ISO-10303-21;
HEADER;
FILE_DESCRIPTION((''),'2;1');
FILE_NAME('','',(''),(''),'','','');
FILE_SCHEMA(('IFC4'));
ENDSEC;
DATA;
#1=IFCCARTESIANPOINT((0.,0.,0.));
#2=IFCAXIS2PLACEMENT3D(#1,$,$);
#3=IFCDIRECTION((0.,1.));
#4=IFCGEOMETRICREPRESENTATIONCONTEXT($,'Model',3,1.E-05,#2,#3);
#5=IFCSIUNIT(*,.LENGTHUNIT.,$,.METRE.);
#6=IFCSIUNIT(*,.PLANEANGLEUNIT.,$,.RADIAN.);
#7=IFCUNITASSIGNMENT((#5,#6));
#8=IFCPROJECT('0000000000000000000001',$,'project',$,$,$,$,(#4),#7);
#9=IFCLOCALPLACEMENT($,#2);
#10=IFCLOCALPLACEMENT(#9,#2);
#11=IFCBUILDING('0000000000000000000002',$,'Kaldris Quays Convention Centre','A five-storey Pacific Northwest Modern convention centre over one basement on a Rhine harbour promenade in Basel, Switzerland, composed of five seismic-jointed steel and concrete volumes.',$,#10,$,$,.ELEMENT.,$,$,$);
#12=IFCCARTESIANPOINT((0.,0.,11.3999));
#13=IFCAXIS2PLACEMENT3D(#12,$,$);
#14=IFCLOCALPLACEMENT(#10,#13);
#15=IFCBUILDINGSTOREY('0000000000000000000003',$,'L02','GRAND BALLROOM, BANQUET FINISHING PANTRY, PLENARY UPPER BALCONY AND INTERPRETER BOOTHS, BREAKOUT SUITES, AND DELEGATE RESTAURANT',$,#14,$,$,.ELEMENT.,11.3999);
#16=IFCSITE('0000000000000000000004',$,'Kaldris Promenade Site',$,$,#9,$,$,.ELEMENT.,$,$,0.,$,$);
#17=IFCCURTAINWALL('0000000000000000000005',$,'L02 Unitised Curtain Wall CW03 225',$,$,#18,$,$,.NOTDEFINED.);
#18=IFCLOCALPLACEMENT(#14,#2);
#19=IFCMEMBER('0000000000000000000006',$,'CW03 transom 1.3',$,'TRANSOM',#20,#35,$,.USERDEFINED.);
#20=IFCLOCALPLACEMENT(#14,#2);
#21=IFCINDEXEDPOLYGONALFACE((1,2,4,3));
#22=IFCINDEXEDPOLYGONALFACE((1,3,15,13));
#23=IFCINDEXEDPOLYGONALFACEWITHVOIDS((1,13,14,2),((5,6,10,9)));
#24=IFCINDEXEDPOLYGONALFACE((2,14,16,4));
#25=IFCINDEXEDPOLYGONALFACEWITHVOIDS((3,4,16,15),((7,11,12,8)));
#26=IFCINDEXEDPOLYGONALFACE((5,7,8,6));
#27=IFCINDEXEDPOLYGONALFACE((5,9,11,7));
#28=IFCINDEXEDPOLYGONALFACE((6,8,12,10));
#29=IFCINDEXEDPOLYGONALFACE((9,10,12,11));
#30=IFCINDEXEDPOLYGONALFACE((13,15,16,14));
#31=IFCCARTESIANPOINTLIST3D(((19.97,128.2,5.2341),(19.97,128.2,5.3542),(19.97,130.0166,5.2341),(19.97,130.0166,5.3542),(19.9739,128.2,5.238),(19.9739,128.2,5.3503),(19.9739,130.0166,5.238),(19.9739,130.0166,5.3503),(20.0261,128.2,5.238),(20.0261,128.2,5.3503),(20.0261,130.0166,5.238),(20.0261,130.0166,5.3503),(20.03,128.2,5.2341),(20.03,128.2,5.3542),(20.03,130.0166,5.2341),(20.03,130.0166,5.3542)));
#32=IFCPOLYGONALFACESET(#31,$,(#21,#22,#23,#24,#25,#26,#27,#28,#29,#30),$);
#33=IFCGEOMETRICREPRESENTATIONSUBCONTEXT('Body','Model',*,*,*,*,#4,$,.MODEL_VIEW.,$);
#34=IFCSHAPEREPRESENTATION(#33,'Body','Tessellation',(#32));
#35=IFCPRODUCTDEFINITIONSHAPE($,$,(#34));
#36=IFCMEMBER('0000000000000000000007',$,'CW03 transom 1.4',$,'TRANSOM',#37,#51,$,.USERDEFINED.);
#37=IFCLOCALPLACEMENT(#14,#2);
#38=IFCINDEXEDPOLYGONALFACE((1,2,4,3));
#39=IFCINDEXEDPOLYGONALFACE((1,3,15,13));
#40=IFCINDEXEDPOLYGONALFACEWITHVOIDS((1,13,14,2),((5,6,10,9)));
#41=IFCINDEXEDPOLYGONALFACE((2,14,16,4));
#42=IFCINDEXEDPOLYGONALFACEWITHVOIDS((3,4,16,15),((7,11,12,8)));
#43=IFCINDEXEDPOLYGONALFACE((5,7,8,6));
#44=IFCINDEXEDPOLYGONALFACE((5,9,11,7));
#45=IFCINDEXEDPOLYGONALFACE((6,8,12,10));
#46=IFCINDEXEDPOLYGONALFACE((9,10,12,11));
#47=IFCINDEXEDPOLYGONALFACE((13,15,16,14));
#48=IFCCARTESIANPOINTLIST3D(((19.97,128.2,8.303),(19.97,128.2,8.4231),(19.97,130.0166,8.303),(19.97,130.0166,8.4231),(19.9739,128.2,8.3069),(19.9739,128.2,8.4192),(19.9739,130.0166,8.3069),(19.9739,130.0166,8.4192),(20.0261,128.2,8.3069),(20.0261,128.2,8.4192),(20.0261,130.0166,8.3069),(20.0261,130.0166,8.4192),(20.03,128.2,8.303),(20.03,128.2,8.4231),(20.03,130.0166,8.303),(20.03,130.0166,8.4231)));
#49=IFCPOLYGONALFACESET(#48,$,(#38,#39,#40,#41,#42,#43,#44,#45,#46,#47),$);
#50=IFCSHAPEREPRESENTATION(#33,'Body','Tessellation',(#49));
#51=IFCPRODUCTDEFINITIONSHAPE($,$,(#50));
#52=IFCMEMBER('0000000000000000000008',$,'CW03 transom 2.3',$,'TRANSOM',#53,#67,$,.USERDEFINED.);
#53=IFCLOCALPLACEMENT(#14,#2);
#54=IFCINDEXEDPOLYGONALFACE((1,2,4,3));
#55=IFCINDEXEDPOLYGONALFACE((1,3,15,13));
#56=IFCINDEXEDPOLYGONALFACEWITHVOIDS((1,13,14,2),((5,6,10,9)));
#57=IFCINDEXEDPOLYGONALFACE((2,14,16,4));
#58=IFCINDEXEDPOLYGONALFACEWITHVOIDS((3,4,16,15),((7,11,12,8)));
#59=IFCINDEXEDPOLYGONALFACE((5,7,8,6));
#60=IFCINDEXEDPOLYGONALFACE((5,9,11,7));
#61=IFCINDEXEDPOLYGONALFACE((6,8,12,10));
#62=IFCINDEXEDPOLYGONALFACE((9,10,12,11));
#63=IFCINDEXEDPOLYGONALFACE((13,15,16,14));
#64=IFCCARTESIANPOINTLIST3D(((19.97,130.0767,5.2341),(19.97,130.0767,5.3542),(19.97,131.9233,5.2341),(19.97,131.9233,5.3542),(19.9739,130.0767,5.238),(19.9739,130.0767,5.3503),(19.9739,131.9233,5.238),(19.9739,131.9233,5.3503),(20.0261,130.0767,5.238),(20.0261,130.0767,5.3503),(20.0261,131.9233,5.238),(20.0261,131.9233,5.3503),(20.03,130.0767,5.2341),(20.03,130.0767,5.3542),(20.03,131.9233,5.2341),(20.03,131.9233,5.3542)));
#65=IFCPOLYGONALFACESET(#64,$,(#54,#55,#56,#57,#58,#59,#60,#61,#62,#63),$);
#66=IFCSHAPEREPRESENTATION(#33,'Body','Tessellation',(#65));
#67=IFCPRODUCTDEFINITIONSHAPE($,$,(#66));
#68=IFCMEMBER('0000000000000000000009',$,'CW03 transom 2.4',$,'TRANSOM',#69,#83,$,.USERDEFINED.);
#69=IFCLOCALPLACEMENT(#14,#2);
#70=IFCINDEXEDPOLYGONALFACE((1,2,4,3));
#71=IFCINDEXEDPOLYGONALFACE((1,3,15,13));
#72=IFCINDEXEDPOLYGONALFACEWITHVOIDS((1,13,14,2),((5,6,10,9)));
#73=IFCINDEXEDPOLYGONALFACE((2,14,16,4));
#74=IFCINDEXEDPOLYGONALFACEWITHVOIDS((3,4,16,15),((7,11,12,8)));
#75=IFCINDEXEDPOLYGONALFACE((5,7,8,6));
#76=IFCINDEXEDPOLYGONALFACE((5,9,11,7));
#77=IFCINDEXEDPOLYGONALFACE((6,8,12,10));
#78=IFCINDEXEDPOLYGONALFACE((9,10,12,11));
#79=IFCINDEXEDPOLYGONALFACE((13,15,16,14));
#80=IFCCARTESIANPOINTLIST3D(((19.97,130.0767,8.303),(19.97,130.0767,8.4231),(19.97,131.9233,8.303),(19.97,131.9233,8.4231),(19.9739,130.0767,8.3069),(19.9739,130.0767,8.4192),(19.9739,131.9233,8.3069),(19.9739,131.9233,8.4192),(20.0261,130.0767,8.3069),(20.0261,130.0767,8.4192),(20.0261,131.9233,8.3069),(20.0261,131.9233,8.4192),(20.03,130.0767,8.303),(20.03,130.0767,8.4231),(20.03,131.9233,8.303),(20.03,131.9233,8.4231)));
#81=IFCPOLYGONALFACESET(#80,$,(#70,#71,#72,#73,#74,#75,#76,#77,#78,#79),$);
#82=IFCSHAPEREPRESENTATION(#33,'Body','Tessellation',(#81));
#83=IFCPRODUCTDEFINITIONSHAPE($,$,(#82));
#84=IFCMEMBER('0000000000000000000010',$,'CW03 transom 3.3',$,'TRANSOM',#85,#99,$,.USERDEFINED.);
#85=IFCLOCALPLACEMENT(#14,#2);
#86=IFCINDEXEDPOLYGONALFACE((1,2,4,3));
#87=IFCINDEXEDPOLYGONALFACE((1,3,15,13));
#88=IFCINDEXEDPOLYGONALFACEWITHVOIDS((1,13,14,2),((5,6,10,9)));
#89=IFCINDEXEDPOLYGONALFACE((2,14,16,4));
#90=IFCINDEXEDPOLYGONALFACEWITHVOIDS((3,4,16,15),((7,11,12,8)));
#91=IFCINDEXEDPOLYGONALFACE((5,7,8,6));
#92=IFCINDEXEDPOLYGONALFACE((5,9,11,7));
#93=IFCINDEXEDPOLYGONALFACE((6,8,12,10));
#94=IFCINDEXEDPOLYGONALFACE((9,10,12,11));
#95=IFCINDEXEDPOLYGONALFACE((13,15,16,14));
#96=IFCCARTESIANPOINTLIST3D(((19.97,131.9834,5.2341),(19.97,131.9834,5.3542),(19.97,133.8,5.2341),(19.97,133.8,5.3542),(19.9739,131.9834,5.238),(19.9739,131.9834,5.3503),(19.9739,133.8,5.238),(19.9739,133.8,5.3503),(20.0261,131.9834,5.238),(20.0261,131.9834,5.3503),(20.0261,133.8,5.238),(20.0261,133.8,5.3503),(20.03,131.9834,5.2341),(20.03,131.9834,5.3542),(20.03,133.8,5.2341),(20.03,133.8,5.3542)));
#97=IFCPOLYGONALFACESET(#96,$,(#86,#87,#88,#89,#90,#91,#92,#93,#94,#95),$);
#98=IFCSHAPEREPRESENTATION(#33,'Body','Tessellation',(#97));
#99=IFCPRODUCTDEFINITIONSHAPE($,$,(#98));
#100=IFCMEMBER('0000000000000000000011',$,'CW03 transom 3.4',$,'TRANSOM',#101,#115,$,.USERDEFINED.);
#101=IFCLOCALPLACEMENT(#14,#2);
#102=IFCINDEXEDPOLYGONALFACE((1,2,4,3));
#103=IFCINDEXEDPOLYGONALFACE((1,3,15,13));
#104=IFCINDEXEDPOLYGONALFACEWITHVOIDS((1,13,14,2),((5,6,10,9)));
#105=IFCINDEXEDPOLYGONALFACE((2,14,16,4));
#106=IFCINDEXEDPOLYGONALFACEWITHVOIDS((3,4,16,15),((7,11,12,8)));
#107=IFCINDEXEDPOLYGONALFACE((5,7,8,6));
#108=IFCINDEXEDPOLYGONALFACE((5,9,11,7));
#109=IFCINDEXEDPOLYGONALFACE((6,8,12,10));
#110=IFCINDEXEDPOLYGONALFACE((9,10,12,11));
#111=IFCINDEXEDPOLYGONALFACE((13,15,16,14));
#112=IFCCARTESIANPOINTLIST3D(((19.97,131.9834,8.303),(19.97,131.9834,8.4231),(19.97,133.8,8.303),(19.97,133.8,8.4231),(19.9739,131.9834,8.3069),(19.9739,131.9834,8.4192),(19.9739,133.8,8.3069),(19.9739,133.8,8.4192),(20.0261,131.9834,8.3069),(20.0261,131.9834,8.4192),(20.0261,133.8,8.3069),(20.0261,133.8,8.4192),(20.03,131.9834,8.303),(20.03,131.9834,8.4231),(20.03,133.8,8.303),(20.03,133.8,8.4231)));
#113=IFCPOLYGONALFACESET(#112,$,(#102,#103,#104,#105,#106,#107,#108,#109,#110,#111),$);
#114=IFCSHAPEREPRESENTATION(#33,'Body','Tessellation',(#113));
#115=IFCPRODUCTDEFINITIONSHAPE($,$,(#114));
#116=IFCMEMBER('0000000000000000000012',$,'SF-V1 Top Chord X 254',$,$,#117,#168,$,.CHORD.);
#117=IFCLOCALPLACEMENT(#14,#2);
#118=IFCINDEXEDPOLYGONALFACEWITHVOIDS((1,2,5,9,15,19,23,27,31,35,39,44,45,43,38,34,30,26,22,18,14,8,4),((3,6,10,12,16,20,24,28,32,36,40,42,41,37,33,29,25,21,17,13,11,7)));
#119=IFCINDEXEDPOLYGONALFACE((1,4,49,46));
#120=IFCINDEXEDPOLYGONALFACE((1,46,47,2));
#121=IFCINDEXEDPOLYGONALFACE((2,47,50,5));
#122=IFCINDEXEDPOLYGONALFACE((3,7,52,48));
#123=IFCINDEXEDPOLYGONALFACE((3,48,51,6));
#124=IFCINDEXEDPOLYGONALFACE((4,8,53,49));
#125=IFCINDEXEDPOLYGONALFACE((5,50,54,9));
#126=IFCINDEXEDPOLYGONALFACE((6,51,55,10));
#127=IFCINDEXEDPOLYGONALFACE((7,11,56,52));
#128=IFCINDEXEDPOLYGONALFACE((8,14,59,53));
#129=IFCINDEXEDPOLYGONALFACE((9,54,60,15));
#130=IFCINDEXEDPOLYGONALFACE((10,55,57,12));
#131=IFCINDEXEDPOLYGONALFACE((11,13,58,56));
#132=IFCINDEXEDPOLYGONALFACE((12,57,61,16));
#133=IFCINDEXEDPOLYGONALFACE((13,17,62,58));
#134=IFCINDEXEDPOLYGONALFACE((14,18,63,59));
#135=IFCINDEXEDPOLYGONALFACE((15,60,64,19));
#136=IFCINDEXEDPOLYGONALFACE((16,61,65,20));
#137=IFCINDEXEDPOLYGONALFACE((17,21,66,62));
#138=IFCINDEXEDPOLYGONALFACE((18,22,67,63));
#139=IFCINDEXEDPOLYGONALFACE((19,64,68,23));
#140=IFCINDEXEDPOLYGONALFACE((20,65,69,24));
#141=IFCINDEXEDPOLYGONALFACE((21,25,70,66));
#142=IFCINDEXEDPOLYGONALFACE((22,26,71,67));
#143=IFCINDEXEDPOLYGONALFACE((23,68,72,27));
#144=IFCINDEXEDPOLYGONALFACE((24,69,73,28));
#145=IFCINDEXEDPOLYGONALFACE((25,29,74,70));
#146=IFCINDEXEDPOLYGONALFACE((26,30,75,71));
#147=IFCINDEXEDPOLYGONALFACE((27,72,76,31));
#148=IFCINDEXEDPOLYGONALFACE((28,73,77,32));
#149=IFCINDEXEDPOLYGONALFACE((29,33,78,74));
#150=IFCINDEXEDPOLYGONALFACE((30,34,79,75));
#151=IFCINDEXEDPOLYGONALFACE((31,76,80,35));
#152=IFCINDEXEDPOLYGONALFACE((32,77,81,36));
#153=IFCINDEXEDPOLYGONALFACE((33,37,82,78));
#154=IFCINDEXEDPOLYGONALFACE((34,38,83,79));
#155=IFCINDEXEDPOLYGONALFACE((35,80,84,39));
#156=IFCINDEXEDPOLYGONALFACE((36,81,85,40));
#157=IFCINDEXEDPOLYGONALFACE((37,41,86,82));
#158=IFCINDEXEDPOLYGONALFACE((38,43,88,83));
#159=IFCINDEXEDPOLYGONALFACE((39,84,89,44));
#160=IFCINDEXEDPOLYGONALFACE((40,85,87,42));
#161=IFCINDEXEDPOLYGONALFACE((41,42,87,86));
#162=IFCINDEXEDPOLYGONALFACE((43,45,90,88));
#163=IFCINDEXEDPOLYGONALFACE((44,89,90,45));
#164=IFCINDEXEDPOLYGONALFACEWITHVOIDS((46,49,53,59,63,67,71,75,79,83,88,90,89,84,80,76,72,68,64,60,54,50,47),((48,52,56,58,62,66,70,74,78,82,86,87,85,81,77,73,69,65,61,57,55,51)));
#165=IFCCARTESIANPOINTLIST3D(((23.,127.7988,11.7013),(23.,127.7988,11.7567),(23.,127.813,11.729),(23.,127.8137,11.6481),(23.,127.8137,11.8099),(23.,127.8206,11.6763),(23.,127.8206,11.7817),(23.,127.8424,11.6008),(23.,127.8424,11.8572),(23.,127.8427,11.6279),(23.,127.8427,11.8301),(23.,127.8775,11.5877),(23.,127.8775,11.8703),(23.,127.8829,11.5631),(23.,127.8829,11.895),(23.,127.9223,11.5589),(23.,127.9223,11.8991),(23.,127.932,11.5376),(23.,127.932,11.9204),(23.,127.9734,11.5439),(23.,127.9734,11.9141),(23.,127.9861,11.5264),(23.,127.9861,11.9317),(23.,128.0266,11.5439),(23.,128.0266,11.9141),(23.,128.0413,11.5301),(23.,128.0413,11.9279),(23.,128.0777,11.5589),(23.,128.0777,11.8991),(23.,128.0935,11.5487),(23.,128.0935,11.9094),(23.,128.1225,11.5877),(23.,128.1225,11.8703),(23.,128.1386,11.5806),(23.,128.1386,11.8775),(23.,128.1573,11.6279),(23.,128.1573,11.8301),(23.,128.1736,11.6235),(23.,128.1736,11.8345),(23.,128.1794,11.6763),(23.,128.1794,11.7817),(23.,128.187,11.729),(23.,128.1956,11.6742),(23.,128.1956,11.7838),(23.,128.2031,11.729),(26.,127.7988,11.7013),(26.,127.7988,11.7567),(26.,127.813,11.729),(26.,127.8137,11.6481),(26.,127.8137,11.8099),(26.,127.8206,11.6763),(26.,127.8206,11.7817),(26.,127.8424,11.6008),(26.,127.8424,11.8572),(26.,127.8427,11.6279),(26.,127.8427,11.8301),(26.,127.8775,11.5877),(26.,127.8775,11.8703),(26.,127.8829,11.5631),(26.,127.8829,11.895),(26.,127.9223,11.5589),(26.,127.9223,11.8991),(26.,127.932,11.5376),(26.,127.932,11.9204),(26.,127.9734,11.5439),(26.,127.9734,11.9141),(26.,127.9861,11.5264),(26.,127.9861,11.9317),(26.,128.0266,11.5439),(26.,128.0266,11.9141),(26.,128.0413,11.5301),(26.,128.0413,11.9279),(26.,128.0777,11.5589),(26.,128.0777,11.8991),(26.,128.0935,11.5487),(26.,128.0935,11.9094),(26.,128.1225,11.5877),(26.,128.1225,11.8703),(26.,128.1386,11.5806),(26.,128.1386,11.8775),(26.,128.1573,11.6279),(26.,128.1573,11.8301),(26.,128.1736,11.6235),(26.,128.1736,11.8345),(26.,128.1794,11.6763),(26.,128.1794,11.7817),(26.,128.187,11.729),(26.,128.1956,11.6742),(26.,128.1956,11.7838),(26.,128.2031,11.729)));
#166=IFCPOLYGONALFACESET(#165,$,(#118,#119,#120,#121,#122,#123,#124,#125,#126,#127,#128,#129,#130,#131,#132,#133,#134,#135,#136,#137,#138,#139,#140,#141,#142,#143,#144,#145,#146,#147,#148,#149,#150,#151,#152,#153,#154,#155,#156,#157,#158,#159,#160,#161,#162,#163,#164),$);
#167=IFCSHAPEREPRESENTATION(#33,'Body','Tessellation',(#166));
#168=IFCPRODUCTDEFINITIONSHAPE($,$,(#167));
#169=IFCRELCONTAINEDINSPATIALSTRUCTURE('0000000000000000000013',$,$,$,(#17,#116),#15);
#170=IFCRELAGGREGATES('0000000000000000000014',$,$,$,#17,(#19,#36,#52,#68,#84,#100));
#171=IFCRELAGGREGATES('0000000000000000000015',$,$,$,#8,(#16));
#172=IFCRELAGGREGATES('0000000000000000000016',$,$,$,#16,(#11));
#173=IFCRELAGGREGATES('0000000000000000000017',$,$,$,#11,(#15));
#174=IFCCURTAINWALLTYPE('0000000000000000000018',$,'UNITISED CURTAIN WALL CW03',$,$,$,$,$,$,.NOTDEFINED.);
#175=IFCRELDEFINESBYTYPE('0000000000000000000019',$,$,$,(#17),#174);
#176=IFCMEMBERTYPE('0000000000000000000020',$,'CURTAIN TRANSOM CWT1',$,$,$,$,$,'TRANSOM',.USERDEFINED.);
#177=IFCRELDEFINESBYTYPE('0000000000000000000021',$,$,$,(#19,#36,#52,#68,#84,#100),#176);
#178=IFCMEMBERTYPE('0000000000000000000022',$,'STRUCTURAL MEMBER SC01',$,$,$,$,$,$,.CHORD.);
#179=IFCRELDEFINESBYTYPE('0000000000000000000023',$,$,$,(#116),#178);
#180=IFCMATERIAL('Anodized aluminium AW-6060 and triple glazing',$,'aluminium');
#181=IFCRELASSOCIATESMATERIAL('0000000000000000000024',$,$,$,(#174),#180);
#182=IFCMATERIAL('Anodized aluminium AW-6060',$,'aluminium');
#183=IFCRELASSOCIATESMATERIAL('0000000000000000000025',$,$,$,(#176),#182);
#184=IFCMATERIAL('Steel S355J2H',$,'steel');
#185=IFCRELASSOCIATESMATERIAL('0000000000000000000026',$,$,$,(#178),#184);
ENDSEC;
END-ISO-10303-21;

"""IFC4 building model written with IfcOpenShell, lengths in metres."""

from ifc_helpers import new_model, si_unit, direction, frame, origin, origin_2d, place, context, subcontext, project, spatial, hollow_rectangle, hollow_circle, extrude, material, material_profile, profile_set, type_object, element, aggregate, save


model = new_model("IFC4")

# Units and contexts
model_context = context("Model", 3, precision=1e-05, world=origin(), true_north=direction((0.0, 1.0)))
body_context = subcontext(model_context, "Body", "Model", "MODEL_VIEW")
ifc_project = project(units=[si_unit("LENGTHUNIT", "METRE"), si_unit("PLANEANGLEUNIT", "RADIAN")], contexts=[model_context])

# Site, building, storey
site_placement = place(None, origin())
site = spatial("IfcSite", under=ifc_project, at=site_placement, Name="Kaldris Promenade Site", CompositionType="ELEMENT", RefElevation=0.0)
building_placement = place(site_placement, origin())
building = spatial("IfcBuilding", under=site, at=building_placement, Name="Kaldris Quays Convention Centre", Description="A five-storey Pacific Northwest Modern convention centre over one basement on a Rhine harbour promenade in Basel, Switzerland, composed of five seismic-jointed steel and concrete volumes.", CompositionType="ELEMENT")
storey_placement = place(building_placement, frame((0.0, 0.0, 11.3999)))
storey = spatial("IfcBuildingStorey", under=building, at=storey_placement, Name="L02", Description="GRAND BALLROOM, BANQUET FINISHING PANTRY, PLENARY UPPER BALCONY AND INTERPRETER BOOTHS, BREAKOUT SUITES, AND DELEGATE RESTAURANT", CompositionType="ELEMENT", Elevation=11.3999)

# Curtain wall, members
ifc_material_1 = material(Name="Anodized aluminium AW-6060 and triple glazing", Category="aluminium")
curtain_wall_type = type_object("IfcCurtainWallType", Name="UNITISED CURTAIN WALL CW03", PredefinedType="NOTDEFINED", material=ifc_material_1)
curtain_wall_placement = place(storey_placement, origin())
curtain_wall = element("IfcCurtainWall", 1, at=curtain_wall_placement, inside=storey, type_object=curtain_wall_type, Name="L02 Unitised Curtain Wall CW03 225", PredefinedType="NOTDEFINED")
ifc_material_2 = material(Name="Anodized aluminium AW-6060", Category="aluminium")
ifc_material_profile_1 = material_profile(ifc_material_2, hollow_rectangle(XDim=0.0601, YDim=0.1201, WallThickness=0.0039, at=origin_2d()), Name="RHS 120x60x4")
ifc_profile_set_1 = profile_set([ifc_material_profile_1], Name="Anodized aluminium AW-6060")
member_type_1 = type_object("IfcMemberType", Name="CURTAIN TRANSOM CWT1", ElementType="TRANSOM", PredefinedType="USERDEFINED", material=ifc_profile_set_1)
member_1_placement = place(storey_placement, frame((20.0, 128.2, 5.2942), z_axis=(0.0, 1.0, 0.0), x_axis=(-1.0, 0.0, 0.0)))
member_1 = element("IfcMember", 2, at=member_1_placement, type_object=member_type_1, Name="CW03 transom 1.3", ObjectType="TRANSOM", PredefinedType="USERDEFINED", context=body_context, shape_type="SweptSolid", body=[
    extrude(hollow_rectangle(XDim=0.0601, YDim=0.1201, WallThickness=0.0039, at=origin_2d()), origin(), (0.0, 0.0, 1.0), 1.8167),
])
member_2_placement = place(storey_placement, frame((20.0, 128.2, 8.363), z_axis=(0.0, 1.0, 0.0), x_axis=(-1.0, 0.0, 0.0)))
member_2 = element("IfcMember", 3, at=member_2_placement, type_object=member_type_1, Name="CW03 transom 1.4", ObjectType="TRANSOM", PredefinedType="USERDEFINED", context=body_context, shape_type="SweptSolid", body=[
    extrude(hollow_rectangle(XDim=0.0601, YDim=0.1201, WallThickness=0.0039, at=origin_2d()), origin(), (0.0, 0.0, 1.0), 1.8167),
])
member_3_placement = place(storey_placement, frame((20.0, 130.0767, 5.2942), z_axis=(0.0, 1.0, 0.0), x_axis=(-1.0, 0.0, 0.0)))
member_3 = element("IfcMember", 4, at=member_3_placement, type_object=member_type_1, Name="CW03 transom 2.3", ObjectType="TRANSOM", PredefinedType="USERDEFINED", context=body_context, shape_type="SweptSolid", body=[
    extrude(hollow_rectangle(XDim=0.0601, YDim=0.1201, WallThickness=0.0039, at=origin_2d()), origin(), (0.0, 0.0, 1.0), 1.8467),
])
member_4_placement = place(storey_placement, frame((20.0, 130.0767, 8.363), z_axis=(0.0, 1.0, 0.0), x_axis=(-1.0, 0.0, 0.0)))
member_4 = element("IfcMember", 5, at=member_4_placement, type_object=member_type_1, Name="CW03 transom 2.4", ObjectType="TRANSOM", PredefinedType="USERDEFINED", context=body_context, shape_type="SweptSolid", body=[
    extrude(hollow_rectangle(XDim=0.0601, YDim=0.1201, WallThickness=0.0039, at=origin_2d()), origin(), (0.0, 0.0, 1.0), 1.8467),
])
member_5_placement = place(storey_placement, frame((20.0, 131.9834, 5.2942), z_axis=(0.0, 1.0, 0.0), x_axis=(-1.0, 0.0, 0.0)))
member_5 = element("IfcMember", 6, at=member_5_placement, type_object=member_type_1, Name="CW03 transom 3.3", ObjectType="TRANSOM", PredefinedType="USERDEFINED", context=body_context, shape_type="SweptSolid", body=[
    extrude(hollow_rectangle(XDim=0.0601, YDim=0.1201, WallThickness=0.0039, at=origin_2d()), origin(), (0.0, 0.0, 1.0), 1.8167),
])
member_6_placement = place(storey_placement, frame((20.0, 131.9834, 8.363), z_axis=(0.0, 1.0, 0.0), x_axis=(-1.0, 0.0, 0.0)))
member_6 = element("IfcMember", 7, at=member_6_placement, type_object=member_type_1, Name="CW03 transom 3.4", ObjectType="TRANSOM", PredefinedType="USERDEFINED", context=body_context, shape_type="SweptSolid", body=[
    extrude(hollow_rectangle(XDim=0.0601, YDim=0.1201, WallThickness=0.0039, at=origin_2d()), origin(), (0.0, 0.0, 1.0), 1.8167),
])

# Member
ifc_material_3 = material(Name="Steel S355J2H", Category="steel")
ifc_material_profile_2 = material_profile(ifc_material_3, hollow_circle(Radius=0.2031, WallThickness=0.0161, at=origin_2d()), Name="CHS 406.4x16")
ifc_profile_set_2 = profile_set([ifc_material_profile_2], Name="Steel S355J2H")
member_type_2 = type_object("IfcMemberType", Name="STRUCTURAL MEMBER SC01", PredefinedType="CHORD", material=ifc_profile_set_2)
for number, where, z_axis, x_axis, name in (
    (8, (23.0, 128.0, 11.729), (1.0, 0.0, 0.0), (0.0, 1.0, 0.0), "SF-V1 Top Chord X 254"),
):
    element("IfcMember", number, at=place(storey_placement, frame(where, z_axis=z_axis, x_axis=x_axis)), inside=storey, type_object=member_type_2, Name=name, PredefinedType="CHORD", context=body_context, shape_type="SweptSolid", body=[
        extrude(hollow_circle(Radius=0.2031, WallThickness=0.0161, at=origin_2d()), origin(), (0.0, 0.0, 1.0), 3.0),
    ])

aggregate(curtain_wall, [member_1, member_2, member_3, member_4, member_5, member_6])

save(model, "model.ifc")
